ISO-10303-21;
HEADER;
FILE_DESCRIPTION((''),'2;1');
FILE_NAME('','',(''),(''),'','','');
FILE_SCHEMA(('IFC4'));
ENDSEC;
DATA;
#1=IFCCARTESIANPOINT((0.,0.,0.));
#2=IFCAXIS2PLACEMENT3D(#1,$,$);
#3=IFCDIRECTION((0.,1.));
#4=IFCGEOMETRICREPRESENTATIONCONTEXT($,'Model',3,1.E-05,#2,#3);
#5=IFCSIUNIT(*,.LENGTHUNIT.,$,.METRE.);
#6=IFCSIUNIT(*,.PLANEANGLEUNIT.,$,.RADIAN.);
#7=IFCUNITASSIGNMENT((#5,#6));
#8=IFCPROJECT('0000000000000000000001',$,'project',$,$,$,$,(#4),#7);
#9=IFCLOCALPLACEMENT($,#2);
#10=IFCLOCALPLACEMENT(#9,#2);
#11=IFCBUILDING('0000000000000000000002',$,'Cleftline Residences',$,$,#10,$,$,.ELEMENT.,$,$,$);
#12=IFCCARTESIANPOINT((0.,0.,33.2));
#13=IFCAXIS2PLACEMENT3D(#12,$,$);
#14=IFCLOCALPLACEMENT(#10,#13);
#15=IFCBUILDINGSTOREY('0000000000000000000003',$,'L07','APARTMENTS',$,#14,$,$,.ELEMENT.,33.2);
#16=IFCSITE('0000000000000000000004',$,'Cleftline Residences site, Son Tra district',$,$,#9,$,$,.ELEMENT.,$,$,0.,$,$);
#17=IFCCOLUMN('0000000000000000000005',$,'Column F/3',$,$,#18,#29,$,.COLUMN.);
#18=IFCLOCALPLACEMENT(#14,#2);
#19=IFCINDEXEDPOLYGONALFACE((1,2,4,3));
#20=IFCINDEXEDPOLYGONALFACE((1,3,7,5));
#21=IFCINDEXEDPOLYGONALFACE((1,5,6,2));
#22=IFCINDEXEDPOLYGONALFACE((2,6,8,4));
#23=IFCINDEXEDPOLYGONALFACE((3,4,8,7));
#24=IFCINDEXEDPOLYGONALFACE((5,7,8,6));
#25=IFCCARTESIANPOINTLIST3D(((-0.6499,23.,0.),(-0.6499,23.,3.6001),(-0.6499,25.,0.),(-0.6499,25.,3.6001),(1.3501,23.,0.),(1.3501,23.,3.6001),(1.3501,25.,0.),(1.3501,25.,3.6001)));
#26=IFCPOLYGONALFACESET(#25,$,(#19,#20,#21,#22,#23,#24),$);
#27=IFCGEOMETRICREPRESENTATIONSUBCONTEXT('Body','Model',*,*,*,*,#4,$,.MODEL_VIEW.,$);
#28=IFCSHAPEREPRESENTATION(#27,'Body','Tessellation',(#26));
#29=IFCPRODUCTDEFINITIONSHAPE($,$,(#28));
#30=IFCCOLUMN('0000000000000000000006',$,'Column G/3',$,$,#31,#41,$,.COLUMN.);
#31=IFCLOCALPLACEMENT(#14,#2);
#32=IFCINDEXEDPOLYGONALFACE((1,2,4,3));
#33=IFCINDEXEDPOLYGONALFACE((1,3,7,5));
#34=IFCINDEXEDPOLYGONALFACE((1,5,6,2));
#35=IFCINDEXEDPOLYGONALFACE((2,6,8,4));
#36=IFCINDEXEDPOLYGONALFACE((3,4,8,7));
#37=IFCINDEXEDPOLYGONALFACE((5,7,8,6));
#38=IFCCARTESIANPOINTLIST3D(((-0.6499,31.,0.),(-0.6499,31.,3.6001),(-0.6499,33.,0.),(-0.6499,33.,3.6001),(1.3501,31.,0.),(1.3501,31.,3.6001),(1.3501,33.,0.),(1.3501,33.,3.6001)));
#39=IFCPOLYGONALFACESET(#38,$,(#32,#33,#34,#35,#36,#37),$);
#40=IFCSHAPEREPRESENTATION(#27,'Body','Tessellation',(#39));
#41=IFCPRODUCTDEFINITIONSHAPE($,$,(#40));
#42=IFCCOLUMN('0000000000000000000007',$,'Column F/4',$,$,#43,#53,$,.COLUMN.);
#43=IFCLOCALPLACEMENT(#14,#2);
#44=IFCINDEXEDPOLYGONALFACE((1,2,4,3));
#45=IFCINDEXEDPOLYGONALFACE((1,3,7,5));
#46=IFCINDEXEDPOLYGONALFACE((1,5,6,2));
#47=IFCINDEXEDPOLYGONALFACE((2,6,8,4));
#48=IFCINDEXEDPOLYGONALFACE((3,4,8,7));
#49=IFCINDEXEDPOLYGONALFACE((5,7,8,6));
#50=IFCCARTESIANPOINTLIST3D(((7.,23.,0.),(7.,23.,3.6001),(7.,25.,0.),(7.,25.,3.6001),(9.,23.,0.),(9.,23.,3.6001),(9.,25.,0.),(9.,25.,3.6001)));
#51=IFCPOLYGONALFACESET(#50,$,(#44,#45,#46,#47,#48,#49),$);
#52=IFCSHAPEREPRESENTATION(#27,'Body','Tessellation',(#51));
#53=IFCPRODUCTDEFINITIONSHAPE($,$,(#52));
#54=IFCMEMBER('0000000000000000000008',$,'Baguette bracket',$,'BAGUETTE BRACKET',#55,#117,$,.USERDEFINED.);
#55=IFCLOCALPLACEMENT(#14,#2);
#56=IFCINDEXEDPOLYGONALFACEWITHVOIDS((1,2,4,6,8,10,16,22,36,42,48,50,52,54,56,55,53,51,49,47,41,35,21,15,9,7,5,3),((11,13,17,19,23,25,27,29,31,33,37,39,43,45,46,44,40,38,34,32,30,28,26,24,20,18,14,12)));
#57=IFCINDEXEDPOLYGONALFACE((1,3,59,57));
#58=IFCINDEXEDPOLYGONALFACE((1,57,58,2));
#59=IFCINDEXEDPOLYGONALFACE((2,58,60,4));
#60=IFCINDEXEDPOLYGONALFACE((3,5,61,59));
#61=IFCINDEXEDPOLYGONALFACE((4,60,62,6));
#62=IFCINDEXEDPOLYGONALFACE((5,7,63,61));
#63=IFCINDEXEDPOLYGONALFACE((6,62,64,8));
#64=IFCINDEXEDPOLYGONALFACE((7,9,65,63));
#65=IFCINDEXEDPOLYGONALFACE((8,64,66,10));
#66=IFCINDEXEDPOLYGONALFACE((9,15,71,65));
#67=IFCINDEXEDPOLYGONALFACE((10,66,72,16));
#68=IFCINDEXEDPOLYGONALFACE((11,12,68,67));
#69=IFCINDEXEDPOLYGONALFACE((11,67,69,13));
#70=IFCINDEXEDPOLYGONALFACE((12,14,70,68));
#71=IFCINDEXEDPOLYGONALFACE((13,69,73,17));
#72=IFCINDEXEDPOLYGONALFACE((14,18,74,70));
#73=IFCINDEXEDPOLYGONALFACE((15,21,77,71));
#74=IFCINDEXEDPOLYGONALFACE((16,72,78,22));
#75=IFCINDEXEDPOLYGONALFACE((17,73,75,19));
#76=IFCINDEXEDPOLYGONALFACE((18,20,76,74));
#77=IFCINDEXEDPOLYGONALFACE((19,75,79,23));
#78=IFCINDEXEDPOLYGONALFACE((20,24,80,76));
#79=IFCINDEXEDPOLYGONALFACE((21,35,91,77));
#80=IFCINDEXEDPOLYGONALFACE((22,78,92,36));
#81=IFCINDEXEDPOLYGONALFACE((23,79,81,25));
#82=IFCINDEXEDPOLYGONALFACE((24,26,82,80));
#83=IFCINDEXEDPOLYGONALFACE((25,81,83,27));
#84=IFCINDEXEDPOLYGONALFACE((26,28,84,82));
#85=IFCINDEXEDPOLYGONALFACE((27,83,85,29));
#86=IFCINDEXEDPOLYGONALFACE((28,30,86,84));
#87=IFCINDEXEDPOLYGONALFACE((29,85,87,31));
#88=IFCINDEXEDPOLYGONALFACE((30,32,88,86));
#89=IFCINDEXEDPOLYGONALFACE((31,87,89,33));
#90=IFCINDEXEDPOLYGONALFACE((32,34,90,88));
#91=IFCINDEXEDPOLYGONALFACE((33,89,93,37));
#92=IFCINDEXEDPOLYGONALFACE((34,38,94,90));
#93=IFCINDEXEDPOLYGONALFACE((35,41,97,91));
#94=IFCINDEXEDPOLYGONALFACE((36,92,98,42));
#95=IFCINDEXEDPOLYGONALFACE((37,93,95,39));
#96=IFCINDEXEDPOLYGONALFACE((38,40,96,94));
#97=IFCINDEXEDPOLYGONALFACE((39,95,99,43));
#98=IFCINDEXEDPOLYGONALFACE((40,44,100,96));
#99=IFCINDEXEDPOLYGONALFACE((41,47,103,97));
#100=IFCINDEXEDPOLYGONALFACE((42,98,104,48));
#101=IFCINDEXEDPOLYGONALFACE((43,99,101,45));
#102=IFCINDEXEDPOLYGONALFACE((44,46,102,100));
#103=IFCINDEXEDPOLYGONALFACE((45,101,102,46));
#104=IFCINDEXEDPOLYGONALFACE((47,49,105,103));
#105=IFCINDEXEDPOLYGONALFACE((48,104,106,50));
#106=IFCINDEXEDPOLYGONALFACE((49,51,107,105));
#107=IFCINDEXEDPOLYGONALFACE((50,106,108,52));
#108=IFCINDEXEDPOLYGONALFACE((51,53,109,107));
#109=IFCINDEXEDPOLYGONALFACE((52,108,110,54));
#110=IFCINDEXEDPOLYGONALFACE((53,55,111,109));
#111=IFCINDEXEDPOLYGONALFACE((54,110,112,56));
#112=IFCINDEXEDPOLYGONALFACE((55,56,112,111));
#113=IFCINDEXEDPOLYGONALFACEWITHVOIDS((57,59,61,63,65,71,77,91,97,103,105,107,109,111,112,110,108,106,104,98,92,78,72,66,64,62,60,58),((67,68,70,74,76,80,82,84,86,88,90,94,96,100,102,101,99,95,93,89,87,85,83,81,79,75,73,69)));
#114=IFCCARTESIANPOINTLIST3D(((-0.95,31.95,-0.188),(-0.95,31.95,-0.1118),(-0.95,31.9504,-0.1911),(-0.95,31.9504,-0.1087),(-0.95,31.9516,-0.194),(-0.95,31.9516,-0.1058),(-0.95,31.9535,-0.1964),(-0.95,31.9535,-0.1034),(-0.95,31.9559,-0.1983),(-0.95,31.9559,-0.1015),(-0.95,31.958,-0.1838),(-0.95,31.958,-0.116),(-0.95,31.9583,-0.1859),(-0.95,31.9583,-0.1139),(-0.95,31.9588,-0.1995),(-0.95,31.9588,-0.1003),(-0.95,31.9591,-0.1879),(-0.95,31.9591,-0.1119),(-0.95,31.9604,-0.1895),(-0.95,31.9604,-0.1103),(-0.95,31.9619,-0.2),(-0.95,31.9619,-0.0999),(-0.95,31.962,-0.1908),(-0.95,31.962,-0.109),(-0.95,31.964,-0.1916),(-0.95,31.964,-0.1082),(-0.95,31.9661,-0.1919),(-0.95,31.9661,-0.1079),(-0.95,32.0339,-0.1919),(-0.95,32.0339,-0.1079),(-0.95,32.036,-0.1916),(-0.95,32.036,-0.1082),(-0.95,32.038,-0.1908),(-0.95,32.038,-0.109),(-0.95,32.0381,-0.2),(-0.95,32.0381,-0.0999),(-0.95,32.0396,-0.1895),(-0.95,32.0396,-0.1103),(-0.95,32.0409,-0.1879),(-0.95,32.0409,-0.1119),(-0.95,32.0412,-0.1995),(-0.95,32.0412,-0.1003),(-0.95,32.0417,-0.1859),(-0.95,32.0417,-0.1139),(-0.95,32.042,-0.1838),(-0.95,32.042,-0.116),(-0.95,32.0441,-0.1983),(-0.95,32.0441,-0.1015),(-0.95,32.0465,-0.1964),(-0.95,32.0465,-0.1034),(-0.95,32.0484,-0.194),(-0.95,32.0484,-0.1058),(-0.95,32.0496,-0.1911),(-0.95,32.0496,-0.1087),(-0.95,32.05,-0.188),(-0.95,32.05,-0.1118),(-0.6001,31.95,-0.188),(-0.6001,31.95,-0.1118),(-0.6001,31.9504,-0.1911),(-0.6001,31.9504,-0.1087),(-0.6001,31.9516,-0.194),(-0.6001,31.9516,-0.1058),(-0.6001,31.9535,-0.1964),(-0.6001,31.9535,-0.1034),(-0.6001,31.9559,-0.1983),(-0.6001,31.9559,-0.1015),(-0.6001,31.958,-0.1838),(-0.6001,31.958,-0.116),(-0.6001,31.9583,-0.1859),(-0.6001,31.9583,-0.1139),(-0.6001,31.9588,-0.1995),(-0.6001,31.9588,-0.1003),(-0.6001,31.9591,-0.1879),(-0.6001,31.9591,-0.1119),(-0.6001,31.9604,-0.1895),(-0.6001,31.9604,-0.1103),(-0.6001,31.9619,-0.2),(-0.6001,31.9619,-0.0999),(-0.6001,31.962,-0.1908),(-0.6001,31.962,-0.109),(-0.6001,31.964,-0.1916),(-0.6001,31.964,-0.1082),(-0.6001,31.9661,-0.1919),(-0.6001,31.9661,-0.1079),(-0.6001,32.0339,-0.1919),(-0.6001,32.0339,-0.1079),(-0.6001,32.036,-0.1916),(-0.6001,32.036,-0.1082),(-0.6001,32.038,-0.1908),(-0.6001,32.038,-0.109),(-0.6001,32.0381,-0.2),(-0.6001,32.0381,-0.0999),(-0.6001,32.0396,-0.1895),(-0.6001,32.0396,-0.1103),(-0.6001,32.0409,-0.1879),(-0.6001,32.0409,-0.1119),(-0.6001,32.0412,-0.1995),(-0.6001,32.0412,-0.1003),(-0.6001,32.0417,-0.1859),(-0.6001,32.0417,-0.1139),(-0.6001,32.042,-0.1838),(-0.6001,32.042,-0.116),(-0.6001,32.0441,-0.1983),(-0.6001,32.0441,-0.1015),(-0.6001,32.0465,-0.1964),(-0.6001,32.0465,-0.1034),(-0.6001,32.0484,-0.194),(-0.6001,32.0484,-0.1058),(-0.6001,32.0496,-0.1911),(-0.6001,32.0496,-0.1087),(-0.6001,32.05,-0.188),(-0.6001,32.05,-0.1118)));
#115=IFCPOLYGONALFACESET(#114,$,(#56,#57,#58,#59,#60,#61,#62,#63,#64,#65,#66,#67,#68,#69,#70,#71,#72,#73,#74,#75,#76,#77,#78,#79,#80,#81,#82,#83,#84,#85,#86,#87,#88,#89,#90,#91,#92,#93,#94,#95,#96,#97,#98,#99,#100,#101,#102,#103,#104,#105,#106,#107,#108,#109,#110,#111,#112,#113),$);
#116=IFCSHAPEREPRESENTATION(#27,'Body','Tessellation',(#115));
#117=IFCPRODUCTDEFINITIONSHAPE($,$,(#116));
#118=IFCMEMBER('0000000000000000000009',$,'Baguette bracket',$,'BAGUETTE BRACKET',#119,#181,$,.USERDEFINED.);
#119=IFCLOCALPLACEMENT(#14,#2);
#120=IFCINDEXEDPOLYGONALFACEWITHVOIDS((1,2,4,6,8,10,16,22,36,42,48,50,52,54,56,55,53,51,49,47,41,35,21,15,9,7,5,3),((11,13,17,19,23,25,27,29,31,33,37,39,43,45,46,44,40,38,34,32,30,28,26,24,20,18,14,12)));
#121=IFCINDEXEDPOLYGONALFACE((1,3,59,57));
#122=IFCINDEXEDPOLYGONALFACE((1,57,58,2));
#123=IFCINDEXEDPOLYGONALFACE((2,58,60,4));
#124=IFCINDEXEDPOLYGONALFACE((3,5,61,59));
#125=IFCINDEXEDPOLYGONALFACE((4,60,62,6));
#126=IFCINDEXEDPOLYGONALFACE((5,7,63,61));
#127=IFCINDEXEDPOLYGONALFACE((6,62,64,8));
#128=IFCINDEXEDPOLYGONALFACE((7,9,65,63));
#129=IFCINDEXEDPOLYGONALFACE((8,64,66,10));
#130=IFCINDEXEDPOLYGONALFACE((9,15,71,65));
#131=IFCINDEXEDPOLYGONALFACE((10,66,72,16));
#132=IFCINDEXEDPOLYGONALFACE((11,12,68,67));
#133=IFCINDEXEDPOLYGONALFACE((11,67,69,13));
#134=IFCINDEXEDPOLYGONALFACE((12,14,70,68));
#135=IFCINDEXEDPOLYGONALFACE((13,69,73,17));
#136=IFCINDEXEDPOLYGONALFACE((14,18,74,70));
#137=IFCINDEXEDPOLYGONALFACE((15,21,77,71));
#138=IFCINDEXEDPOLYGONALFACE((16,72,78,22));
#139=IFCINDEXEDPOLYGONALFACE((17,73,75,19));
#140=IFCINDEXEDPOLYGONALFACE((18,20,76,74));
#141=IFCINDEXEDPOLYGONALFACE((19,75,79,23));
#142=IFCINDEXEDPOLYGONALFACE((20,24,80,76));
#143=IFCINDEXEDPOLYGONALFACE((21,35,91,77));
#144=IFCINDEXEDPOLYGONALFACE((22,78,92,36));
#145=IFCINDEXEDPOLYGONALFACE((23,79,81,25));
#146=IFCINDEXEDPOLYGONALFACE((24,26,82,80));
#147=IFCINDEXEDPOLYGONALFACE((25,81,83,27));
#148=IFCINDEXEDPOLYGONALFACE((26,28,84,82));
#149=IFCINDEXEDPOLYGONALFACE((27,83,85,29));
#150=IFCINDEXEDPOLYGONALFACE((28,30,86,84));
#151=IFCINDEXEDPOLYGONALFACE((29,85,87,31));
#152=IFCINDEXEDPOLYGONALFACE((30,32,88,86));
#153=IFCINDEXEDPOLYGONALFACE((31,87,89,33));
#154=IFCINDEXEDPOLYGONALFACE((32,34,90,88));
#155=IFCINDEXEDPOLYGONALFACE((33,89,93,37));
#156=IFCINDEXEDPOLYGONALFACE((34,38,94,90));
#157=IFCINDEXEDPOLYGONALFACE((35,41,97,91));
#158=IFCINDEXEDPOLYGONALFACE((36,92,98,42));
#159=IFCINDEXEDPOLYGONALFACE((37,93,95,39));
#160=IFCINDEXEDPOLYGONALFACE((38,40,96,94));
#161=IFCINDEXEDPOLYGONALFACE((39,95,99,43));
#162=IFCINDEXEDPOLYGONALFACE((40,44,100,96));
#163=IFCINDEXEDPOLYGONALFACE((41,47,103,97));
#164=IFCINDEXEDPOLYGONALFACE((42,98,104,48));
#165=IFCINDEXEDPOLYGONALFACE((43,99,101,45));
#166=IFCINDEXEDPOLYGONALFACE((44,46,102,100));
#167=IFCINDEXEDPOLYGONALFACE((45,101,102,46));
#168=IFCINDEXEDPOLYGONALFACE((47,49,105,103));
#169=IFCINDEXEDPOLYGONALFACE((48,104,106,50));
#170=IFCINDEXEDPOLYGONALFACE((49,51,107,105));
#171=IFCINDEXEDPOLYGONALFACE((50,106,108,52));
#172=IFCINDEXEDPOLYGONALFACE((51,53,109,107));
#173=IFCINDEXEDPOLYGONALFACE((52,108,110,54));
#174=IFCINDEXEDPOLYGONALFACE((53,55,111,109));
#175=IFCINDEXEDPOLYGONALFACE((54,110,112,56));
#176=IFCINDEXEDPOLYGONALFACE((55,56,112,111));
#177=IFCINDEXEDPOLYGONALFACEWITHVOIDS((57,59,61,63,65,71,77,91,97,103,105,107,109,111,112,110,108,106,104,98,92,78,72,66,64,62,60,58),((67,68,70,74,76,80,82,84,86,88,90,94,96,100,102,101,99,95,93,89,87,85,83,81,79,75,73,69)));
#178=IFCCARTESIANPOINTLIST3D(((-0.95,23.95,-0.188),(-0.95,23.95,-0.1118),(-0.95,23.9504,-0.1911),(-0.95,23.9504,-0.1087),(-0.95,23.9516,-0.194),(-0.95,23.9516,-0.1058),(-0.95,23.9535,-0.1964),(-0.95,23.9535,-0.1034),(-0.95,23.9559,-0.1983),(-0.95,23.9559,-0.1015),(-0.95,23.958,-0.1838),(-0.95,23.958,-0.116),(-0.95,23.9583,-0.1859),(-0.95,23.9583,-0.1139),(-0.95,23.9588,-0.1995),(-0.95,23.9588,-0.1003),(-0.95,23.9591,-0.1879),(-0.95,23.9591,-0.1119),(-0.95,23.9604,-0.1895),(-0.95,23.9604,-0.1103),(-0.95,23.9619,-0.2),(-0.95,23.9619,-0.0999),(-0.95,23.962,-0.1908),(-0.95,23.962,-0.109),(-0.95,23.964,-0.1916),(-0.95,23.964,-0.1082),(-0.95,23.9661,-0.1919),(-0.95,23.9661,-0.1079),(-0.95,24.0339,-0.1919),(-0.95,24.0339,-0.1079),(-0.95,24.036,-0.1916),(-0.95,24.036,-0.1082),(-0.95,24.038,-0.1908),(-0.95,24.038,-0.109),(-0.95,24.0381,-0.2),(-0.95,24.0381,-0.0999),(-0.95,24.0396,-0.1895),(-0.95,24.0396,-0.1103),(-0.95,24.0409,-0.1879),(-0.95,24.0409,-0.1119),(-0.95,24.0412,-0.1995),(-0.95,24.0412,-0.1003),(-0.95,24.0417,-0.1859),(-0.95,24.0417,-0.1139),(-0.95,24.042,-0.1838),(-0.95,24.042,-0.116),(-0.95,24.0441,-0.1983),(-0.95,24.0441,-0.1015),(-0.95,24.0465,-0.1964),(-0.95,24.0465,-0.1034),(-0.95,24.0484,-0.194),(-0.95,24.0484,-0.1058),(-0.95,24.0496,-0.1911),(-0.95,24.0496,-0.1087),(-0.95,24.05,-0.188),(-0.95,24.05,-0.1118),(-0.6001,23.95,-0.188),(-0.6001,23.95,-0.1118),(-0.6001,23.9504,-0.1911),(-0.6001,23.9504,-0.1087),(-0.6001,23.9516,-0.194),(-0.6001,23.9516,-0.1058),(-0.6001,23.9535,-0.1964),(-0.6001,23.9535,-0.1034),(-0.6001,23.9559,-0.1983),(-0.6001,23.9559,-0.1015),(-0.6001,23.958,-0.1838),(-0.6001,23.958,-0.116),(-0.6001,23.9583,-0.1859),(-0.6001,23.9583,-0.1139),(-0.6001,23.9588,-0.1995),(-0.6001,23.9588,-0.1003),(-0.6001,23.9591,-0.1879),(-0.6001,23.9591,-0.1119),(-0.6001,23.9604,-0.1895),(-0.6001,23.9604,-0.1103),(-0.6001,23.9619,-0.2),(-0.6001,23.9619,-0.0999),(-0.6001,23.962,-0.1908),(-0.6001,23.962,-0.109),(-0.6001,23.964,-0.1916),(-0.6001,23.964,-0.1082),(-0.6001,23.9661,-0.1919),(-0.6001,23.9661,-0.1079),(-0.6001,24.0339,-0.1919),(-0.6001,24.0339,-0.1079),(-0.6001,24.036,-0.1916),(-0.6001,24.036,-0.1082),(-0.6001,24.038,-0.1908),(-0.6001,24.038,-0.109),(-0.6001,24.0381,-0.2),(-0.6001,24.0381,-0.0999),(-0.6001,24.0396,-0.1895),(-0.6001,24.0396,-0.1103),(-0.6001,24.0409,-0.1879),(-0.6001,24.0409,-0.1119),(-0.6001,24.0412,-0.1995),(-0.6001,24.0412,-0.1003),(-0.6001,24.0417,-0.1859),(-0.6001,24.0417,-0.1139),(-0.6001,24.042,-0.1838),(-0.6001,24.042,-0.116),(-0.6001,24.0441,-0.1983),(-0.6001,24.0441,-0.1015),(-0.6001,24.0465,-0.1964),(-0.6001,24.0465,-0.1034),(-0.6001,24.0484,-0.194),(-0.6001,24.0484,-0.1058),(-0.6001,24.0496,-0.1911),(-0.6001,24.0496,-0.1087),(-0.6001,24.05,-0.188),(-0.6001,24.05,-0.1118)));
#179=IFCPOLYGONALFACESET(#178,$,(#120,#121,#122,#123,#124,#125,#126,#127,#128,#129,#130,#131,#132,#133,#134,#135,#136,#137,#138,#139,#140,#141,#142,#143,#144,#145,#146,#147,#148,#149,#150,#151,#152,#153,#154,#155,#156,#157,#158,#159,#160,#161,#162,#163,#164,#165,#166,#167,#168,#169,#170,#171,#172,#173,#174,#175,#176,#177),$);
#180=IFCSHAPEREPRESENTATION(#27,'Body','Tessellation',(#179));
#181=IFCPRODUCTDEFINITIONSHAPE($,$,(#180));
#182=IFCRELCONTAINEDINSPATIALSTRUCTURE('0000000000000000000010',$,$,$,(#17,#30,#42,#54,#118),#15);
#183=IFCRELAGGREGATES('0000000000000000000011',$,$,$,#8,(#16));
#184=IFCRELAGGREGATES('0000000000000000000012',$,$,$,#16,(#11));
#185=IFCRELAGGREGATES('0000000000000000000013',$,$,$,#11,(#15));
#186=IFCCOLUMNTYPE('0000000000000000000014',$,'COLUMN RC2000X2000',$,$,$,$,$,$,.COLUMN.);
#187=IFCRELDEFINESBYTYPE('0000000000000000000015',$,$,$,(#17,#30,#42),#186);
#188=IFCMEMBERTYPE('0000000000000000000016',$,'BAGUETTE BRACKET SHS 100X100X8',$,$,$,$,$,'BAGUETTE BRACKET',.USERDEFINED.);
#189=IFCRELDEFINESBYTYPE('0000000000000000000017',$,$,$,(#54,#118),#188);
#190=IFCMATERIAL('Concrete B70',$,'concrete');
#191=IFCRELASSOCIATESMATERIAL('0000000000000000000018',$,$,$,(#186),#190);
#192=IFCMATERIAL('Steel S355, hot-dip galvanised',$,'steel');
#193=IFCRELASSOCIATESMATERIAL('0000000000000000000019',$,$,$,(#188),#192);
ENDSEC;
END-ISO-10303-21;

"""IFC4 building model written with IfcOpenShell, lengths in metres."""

from ifc_helpers import new_model, si_unit, direction, frame, origin, origin_2d, place, context, subcontext, project, spatial, rectangle, hollow_rectangle, extrude, material, material_profile, profile_set, type_object, element, save


model = new_model("IFC4")

# Units and contexts
model_context = context("Model", 3, precision=1e-05, world=origin(), true_north=direction((0.0, 1.0)))
body_context = subcontext(model_context, "Body", "Model", "MODEL_VIEW")
ifc_project = project(units=[si_unit("LENGTHUNIT", "METRE"), si_unit("PLANEANGLEUNIT", "RADIAN")], contexts=[model_context])

# Site, building, storey
site_placement = place(None, origin())
site = spatial("IfcSite", under=ifc_project, at=site_placement, Name="Cleftline Residences site, Son Tra district", CompositionType="ELEMENT", RefElevation=0.0)
building_placement = place(site_placement, origin())
building = spatial("IfcBuilding", under=site, at=building_placement, Name="Cleftline Residences", CompositionType="ELEMENT")
storey_placement = place(building_placement, frame((0.0, 0.0, 33.2)))
storey = spatial("IfcBuildingStorey", under=building, at=storey_placement, Name="L07", Description="APARTMENTS", CompositionType="ELEMENT", Elevation=33.2)

# Columns
ifc_material_1 = material(Name="Concrete B70", Category="concrete")
ifc_material_profile_1 = material_profile(ifc_material_1, rectangle(XDim=2.0, YDim=2.0, at=origin_2d()))
ifc_profile_set_1 = profile_set([ifc_material_profile_1], Name="Concrete B70")
column_type = type_object("IfcColumnType", Name="COLUMN RC2000X2000", PredefinedType="COLUMN", material=ifc_profile_set_1)
for number, where, z_axis, x_axis, name in (
    (1, (0.3501, 24.0, 0.0), (0.0, 0.0, 1.0), (1.0, 0.0, 0.0), "Column F/3"),
    (2, (0.3501, 32.0, 0.0), (0.0, 0.0, 1.0), (1.0, 0.0, 0.0), "Column G/3"),
    (3, (8.0, 24.0, 0.0), (0.0, 0.0, 1.0), (1.0, 0.0, 0.0), "Column F/4"),
):
    element("IfcColumn", number, at=place(storey_placement, frame(where, z_axis=z_axis, x_axis=x_axis)), inside=storey, type_object=column_type, Name=name, PredefinedType="COLUMN", context=body_context, shape_type="SweptSolid", body=[
        extrude(rectangle(XDim=2.0, YDim=2.0, at=origin_2d()), origin(), (0.0, 0.0, 1.0), 3.6001),
    ])

# Members
ifc_material_2 = material(Name="Steel S355, hot-dip galvanised", Category="steel")
ifc_material_profile_2 = material_profile(ifc_material_2, hollow_rectangle(XDim=0.1001, YDim=0.1001, WallThickness=0.0081, InnerFilletRadius=0.0081, OuterFilletRadius=0.012, at=origin_2d()))
ifc_profile_set_2 = profile_set([ifc_material_profile_2], Name="Steel S355, hot-dip galvanised")
member_type_1 = type_object("IfcMemberType", Name="BAGUETTE BRACKET SHS 100X100X8", ElementType="BAGUETTE BRACKET", PredefinedType="USERDEFINED", material=ifc_profile_set_2)
for number, where, z_axis, x_axis, name in (
    (4, (-0.6001, 32.0, -0.1499), (-1.0, 0.0, 0.0), (0.0, -1.0, 0.0), "Baguette bracket"),
    (5, (-0.6001, 24.0, -0.1499), (-1.0, 0.0, 0.0), (0.0, -1.0, 0.0), "Baguette bracket"),
):
    element("IfcMember", number, at=place(storey_placement, frame(where, z_axis=z_axis, x_axis=x_axis)), inside=storey, type_object=member_type_1, Name=name, ObjectType="BAGUETTE BRACKET", PredefinedType="USERDEFINED", context=body_context, shape_type="SweptSolid", body=[
        extrude(hollow_rectangle(XDim=0.1001, YDim=0.1001, WallThickness=0.0081, InnerFilletRadius=0.0081, OuterFilletRadius=0.012, at=origin_2d()), origin(), (0.0, 0.0, 1.0), 0.3499),
    ])

save(model, "model.ifc")
